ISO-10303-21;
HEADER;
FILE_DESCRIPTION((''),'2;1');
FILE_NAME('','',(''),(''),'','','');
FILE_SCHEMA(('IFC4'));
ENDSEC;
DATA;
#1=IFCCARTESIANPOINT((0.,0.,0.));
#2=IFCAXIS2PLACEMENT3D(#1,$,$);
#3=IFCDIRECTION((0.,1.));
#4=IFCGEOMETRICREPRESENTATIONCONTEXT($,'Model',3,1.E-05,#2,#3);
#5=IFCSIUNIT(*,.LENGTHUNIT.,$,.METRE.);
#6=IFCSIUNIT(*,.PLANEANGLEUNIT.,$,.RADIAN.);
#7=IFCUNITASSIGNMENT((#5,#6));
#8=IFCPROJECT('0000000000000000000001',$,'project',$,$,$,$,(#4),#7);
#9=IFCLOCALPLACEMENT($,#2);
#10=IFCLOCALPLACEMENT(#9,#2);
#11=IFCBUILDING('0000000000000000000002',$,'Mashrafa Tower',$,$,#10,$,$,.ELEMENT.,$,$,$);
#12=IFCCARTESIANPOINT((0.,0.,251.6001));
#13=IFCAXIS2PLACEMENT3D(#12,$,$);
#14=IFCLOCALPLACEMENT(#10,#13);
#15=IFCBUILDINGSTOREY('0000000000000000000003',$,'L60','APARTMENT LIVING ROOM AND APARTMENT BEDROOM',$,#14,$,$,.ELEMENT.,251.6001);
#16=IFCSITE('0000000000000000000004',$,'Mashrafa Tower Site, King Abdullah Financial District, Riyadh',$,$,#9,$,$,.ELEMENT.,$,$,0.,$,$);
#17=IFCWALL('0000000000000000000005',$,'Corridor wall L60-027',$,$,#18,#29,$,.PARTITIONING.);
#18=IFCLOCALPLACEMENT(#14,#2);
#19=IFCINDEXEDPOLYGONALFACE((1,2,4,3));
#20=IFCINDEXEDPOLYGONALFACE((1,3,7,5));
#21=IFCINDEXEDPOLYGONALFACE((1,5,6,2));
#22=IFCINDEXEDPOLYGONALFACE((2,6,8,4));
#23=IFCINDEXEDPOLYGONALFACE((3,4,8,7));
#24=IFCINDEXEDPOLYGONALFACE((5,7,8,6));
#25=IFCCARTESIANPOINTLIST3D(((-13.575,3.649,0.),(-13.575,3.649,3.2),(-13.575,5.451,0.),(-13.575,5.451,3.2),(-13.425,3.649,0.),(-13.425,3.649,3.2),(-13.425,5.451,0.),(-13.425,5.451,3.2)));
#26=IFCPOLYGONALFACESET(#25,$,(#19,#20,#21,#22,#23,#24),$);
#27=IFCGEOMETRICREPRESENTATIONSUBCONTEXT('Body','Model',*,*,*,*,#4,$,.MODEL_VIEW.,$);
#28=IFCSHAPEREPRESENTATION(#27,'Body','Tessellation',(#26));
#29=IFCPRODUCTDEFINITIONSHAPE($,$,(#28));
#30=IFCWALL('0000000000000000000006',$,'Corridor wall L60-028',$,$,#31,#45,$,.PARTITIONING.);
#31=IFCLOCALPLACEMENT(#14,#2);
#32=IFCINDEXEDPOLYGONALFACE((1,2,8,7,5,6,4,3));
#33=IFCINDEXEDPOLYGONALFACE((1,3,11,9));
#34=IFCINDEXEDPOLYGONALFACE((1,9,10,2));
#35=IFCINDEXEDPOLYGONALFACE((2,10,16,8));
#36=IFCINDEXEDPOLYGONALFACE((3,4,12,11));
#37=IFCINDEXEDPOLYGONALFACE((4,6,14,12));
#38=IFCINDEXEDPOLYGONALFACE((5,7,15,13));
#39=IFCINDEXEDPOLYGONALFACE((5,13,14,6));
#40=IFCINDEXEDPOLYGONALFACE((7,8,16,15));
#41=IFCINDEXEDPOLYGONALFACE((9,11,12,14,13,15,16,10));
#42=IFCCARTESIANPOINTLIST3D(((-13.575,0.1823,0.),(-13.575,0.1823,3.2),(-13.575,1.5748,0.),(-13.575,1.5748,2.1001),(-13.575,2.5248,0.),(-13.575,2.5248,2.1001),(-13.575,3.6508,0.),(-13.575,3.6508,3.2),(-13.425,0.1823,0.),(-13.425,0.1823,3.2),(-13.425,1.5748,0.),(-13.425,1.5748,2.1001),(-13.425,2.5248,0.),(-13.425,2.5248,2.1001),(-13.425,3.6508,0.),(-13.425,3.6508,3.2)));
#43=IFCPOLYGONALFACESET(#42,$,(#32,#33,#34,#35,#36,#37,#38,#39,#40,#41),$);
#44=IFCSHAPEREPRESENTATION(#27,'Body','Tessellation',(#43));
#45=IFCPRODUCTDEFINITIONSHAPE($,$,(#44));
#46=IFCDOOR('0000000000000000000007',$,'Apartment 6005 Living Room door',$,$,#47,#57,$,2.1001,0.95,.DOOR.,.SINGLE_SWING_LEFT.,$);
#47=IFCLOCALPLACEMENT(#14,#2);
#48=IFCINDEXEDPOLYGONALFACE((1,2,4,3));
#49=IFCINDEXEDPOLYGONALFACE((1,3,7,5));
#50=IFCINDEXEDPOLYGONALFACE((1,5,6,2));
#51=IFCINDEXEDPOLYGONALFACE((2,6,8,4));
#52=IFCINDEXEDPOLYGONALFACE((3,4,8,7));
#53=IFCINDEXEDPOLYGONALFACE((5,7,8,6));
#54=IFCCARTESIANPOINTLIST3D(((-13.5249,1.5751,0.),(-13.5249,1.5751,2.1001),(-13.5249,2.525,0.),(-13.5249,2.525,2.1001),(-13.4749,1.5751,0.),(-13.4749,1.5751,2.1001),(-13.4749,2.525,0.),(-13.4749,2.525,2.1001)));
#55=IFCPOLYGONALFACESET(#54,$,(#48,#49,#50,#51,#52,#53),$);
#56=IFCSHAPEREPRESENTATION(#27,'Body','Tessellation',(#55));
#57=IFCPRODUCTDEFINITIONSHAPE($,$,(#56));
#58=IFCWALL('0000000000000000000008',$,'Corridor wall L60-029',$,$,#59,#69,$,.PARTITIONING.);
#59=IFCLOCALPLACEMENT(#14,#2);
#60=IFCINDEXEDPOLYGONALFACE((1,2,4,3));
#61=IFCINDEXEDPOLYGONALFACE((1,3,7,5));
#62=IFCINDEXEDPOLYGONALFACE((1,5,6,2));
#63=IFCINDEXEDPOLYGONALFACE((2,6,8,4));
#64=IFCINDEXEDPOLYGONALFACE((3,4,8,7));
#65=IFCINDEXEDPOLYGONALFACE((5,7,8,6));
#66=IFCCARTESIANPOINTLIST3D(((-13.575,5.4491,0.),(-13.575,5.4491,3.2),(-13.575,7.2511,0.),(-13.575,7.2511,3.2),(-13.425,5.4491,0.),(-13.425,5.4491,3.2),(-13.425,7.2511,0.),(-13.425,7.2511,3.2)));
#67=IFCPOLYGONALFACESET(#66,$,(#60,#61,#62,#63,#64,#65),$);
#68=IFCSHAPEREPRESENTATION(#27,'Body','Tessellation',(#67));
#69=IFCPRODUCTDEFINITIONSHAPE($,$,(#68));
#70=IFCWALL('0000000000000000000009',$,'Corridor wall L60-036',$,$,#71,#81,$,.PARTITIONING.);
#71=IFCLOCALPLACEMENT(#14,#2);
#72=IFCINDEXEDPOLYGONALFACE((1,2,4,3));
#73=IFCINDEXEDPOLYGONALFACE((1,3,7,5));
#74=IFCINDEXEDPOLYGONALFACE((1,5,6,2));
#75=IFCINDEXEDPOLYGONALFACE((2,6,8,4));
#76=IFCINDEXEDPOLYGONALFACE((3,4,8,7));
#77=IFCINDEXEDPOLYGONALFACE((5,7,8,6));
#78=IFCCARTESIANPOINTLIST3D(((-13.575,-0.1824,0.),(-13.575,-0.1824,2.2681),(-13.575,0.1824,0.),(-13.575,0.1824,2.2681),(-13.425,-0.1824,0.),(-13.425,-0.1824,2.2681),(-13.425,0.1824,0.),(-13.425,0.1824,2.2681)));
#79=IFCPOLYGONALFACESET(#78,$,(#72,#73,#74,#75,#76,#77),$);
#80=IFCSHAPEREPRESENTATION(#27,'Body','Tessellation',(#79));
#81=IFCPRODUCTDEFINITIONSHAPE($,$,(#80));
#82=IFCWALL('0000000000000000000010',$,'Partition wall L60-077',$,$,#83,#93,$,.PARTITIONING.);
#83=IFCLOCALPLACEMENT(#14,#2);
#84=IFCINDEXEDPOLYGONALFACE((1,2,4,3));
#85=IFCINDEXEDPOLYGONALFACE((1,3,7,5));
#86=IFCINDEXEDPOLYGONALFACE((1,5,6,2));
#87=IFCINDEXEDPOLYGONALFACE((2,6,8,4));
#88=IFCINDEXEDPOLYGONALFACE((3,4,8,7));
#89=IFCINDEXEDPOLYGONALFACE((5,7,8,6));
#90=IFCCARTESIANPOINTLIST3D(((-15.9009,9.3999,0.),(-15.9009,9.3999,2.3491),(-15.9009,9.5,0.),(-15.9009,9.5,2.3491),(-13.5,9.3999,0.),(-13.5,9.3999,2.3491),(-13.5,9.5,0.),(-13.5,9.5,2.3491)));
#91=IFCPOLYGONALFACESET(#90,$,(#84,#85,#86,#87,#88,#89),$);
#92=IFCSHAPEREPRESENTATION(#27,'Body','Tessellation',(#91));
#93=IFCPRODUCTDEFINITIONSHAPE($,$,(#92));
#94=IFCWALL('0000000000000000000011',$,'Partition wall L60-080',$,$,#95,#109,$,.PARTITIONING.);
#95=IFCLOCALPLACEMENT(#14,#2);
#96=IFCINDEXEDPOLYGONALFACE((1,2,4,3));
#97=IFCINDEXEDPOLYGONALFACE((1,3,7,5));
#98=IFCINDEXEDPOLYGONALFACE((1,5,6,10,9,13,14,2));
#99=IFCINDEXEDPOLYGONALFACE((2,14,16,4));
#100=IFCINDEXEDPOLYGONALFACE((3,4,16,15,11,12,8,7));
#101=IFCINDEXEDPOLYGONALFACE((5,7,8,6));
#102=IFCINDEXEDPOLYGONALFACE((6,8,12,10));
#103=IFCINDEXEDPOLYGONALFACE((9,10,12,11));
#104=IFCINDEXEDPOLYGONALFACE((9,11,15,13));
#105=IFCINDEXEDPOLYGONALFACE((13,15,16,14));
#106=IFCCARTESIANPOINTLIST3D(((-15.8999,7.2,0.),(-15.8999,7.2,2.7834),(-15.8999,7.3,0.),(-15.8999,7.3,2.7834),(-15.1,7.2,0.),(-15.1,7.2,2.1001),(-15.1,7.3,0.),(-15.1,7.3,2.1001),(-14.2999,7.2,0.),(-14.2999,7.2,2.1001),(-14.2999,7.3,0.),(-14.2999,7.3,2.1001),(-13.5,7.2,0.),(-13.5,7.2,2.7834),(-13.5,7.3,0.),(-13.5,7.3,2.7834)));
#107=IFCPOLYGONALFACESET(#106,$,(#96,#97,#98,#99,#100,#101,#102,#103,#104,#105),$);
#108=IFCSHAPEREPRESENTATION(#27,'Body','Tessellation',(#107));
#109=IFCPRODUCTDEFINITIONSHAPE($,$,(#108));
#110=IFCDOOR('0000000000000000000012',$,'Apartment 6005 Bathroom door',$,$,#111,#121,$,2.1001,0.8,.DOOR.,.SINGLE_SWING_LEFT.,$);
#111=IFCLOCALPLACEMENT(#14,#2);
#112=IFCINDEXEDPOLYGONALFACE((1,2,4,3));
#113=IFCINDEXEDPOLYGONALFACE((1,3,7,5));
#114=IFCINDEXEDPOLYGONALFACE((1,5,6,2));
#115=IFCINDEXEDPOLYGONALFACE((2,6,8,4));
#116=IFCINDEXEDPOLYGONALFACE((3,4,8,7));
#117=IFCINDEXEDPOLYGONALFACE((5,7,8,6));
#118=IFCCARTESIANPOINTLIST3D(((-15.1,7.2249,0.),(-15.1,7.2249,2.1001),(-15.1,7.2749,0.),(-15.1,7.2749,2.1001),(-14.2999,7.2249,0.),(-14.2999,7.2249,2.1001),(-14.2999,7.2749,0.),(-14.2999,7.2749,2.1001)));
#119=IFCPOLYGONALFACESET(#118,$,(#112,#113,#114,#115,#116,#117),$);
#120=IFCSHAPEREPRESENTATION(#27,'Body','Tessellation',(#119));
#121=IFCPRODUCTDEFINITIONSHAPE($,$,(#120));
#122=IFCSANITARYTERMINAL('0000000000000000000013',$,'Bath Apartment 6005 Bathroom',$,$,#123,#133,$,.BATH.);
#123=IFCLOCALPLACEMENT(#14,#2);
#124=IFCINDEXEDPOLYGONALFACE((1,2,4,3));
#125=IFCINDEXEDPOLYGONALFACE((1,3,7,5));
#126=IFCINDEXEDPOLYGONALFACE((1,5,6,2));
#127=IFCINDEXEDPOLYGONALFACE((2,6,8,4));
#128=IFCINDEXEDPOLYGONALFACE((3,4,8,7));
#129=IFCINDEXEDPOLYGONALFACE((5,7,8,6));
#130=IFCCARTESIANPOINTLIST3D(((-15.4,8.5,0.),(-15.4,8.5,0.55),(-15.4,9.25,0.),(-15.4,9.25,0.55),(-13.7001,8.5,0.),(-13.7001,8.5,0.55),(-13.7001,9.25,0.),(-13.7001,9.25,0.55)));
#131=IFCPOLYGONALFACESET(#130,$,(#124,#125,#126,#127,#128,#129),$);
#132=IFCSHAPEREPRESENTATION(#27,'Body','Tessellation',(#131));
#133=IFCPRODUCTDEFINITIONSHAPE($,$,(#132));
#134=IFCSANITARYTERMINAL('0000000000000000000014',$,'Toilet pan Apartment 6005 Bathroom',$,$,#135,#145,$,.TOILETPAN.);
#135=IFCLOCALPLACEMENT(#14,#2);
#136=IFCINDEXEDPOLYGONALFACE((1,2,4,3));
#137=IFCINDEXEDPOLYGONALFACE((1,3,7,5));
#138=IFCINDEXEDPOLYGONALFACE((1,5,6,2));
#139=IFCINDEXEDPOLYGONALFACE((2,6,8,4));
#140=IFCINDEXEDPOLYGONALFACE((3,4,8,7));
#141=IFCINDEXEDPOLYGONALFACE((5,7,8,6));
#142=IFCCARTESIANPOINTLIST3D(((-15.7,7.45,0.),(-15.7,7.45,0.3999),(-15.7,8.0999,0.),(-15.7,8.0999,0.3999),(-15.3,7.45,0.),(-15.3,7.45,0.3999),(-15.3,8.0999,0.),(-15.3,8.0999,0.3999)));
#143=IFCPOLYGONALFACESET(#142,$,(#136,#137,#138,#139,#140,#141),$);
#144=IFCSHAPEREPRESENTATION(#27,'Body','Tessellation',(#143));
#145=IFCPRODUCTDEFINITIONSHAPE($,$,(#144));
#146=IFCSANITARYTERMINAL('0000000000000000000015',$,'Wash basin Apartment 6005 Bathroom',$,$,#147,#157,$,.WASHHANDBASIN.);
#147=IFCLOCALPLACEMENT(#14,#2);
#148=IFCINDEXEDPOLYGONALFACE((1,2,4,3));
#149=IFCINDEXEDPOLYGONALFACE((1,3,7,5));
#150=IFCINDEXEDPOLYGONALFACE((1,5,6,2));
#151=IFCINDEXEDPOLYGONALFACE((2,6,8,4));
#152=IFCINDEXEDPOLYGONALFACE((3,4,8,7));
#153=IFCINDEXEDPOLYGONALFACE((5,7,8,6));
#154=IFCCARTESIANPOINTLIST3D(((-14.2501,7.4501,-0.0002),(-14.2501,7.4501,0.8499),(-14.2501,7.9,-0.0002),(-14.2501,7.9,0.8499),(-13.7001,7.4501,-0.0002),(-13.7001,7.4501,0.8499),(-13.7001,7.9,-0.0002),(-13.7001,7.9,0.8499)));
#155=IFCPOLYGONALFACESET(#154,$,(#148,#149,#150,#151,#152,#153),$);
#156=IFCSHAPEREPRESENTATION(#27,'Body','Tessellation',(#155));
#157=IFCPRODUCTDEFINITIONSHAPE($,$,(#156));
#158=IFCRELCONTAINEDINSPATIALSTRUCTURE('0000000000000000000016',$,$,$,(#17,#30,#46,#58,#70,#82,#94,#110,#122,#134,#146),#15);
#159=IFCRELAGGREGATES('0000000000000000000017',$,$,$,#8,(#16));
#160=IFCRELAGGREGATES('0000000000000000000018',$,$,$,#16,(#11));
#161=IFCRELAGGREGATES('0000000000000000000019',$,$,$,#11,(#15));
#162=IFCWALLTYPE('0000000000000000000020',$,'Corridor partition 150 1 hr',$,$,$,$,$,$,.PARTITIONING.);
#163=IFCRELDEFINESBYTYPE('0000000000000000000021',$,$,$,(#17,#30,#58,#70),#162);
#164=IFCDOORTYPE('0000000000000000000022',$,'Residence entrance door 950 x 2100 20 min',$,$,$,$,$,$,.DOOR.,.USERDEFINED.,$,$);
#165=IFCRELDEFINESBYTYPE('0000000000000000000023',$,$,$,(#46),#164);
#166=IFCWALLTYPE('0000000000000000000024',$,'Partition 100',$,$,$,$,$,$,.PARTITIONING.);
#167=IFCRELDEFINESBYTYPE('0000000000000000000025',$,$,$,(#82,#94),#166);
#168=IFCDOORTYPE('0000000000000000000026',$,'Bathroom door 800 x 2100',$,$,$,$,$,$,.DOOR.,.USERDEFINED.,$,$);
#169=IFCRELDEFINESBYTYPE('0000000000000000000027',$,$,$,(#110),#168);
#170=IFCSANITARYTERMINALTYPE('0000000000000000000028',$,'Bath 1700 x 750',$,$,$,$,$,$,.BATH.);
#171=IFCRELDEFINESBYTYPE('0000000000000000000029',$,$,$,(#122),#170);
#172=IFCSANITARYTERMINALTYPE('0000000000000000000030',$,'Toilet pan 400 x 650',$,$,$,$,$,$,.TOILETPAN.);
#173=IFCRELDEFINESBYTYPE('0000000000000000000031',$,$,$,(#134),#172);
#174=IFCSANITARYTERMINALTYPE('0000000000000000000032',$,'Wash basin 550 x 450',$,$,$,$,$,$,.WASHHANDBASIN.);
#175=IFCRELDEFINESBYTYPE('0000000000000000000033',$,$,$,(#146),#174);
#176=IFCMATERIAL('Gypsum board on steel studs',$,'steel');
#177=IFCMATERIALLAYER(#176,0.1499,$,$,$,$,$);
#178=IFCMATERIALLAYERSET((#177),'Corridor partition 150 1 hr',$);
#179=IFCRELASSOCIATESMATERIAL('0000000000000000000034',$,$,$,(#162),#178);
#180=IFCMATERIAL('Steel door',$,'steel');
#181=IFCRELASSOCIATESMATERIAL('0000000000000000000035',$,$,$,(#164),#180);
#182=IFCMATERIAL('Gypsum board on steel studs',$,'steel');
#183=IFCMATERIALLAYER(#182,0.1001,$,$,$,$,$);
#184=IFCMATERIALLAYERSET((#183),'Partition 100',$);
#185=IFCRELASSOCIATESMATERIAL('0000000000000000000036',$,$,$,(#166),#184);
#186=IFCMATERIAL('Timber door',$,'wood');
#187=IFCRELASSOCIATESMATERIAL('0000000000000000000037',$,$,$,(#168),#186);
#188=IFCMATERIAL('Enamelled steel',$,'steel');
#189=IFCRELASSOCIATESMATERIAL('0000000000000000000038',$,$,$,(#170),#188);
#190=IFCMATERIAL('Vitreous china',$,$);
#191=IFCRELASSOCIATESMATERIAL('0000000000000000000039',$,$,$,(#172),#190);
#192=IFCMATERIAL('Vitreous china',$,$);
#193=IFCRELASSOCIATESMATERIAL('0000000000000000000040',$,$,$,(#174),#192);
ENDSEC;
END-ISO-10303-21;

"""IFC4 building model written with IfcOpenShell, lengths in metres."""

from ifc_helpers import new_model, si_unit, direction, frame, frame_2d, origin, origin_2d, place, context, subcontext, project, spatial, rectangle, extrude, material, layer, layer_set, type_object, element, fill, save


model = new_model("IFC4")

# Units and contexts
model_context = context("Model", 3, precision=1e-05, world=origin(), true_north=direction((0.0, 1.0)))
body_context = subcontext(model_context, "Body", "Model", "MODEL_VIEW")
ifc_project = project(units=[si_unit("LENGTHUNIT", "METRE"), si_unit("PLANEANGLEUNIT", "RADIAN")], contexts=[model_context])

# Site, building, storey
site_placement = place(None, origin())
site = spatial("IfcSite", under=ifc_project, at=site_placement, Name="Mashrafa Tower Site, King Abdullah Financial District, Riyadh", CompositionType="ELEMENT", RefElevation=0.0)
building_placement = place(site_placement, origin())
building = spatial("IfcBuilding", under=site, at=building_placement, Name="Mashrafa Tower", CompositionType="ELEMENT")
storey_placement = place(building_placement, frame((0.0, 0.0, 251.6001)))
storey = spatial("IfcBuildingStorey", under=building, at=storey_placement, Name="L60", Description="APARTMENT LIVING ROOM AND APARTMENT BEDROOM", CompositionType="ELEMENT", Elevation=251.6001)

# Wall
ifc_material_1 = material(Name="Gypsum board on steel studs", Category="steel")
ifc_layer_1 = layer(ifc_material_1, 0.1499)
ifc_layer_set_1 = layer_set([ifc_layer_1], Name="Corridor partition 150 1 hr")
wall_type_1 = type_object("IfcWallType", Name="Corridor partition 150 1 hr", PredefinedType="PARTITIONING", material=ifc_layer_set_1)
wall_1_placement = place(storey_placement, frame((-13.5, 5.4509, 0.0), z_axis=(0.0, 0.0, 1.0), x_axis=(0.0, -1.0, 0.0)))
element("IfcWall", 1, at=wall_1_placement, inside=storey, type_object=wall_type_1, Name="Corridor wall L60-027", PredefinedType="PARTITIONING", context=body_context, shape_type="SweptSolid", body=[
    extrude(rectangle(XDim=1.802, YDim=0.1499, at=frame_2d((0.9009, 0.0))), origin(), (0.0, 0.0, 1.0), 3.2),
])

# Wall, opening, door
wall_2_placement = place(storey_placement, frame((-13.5, 3.6509, 0.0), z_axis=(0.0, 0.0, 1.0), x_axis=(0.0, -1.0, 0.0)))
wall_2 = element("IfcWall", 2, at=wall_2_placement, inside=storey, type_object=wall_type_1, Name="Corridor wall L60-028", PredefinedType="PARTITIONING", context=body_context, shape_type="SweptSolid", body=[
    extrude(rectangle(XDim=3.4685, YDim=0.1499, at=frame_2d((1.7344, 0.0))), origin(), (0.0, 0.0, 1.0), 3.2),
])
opening_1_placement = place(wall_2_placement, frame((1.126, 0.0, 0.0)))
opening_1 = element("IfcOpeningElement", 3, at=opening_1_placement, cuts=wall_2, PredefinedType="OPENING", context=body_context, shape_type="SweptSolid", body=[
    extrude(rectangle(XDim=0.95, YDim=2.1001, at=frame_2d((0.4751, 1.05))), frame((0.0, 0.085, 0.0), z_axis=(0.0, -1.0, 0.0), x_axis=(1.0, 0.0, 0.0)), (0.0, 0.0, 1.0), 0.1699),
])
ifc_material_2 = material(Name="Steel door", Category="steel")
door_type_1 = type_object("IfcDoorType", Name="Residence entrance door 950 x 2100 20 min", OperationType="USERDEFINED", PredefinedType="DOOR", material=ifc_material_2)
door_1_placement = place(opening_1_placement, frame((0.95, 0.0, 0.0), z_axis=(0.0, 0.0, 1.0), x_axis=(-1.0, 0.0, 0.0)))
door_1 = element("IfcDoor", 4, at=door_1_placement, inside=storey, type_object=door_type_1, Name="Apartment 6005 Living Room door", OperationType="SINGLE_SWING_LEFT", OverallHeight=2.1001, OverallWidth=0.95, PredefinedType="DOOR", context=body_context, shape_type="SweptSolid", body=[
    extrude(rectangle(XDim=0.95, YDim=2.1001, at=frame_2d((0.4751, 1.05))), frame((0.0, 0.0249, 0.0), z_axis=(0.0, -1.0, 0.0), x_axis=(1.0, 0.0, 0.0)), (0.0, 0.0, 1.0), 0.05),
])
fill(opening_1, door_1)

# Walls
wall_3_placement = place(storey_placement, frame((-13.5, 7.251, 0.0), z_axis=(0.0, 0.0, 1.0), x_axis=(0.0, -1.0, 0.0)))
element("IfcWall", 5, at=wall_3_placement, inside=storey, type_object=wall_type_1, Name="Corridor wall L60-029", PredefinedType="PARTITIONING", context=body_context, shape_type="SweptSolid", body=[
    extrude(rectangle(XDim=1.802, YDim=0.1499, at=frame_2d((0.9009, 0.0))), origin(), (0.0, 0.0, 1.0), 3.2),
])
wall_4_placement = place(storey_placement, frame((-13.5, 0.1824, 0.0), z_axis=(0.0, 0.0, 1.0), x_axis=(0.0, -1.0, 0.0)))
element("IfcWall", 6, at=wall_4_placement, inside=storey, type_object=wall_type_1, Name="Corridor wall L60-036", PredefinedType="PARTITIONING", context=body_context, shape_type="SweptSolid", body=[
    extrude(rectangle(XDim=0.3647, YDim=0.1499, at=frame_2d((0.1824, 0.0))), origin(), (0.0, 0.0, 1.0), 2.2681),
])
ifc_material_3 = material(Name="Gypsum board on steel studs", Category="steel")
ifc_layer_2 = layer(ifc_material_3, 0.1001)
ifc_layer_set_2 = layer_set([ifc_layer_2], Name="Partition 100")
wall_type_2 = type_object("IfcWallType", Name="Partition 100", PredefinedType="PARTITIONING", material=ifc_layer_set_2)
wall_5_placement = place(storey_placement, frame((-15.9009, 9.45, 0.0), z_axis=(0.0, 0.0, 1.0), x_axis=(1.0, 0.0, 0.0)))
element("IfcWall", 7, at=wall_5_placement, inside=storey, type_object=wall_type_2, Name="Partition wall L60-077", PredefinedType="PARTITIONING", context=body_context, shape_type="SweptSolid", body=[
    extrude(rectangle(XDim=2.4009, YDim=0.1001, at=frame_2d((1.2004, 0.0))), origin(), (0.0, 0.0, 1.0), 2.3491),
])

# Wall, opening, door
wall_6_placement = place(storey_placement, frame((-15.8999, 7.25, 0.0), z_axis=(0.0, 0.0, 1.0), x_axis=(1.0, 0.0, 0.0)))
wall_6 = element("IfcWall", 8, at=wall_6_placement, inside=storey, type_object=wall_type_2, Name="Partition wall L60-080", PredefinedType="PARTITIONING", context=body_context, shape_type="SweptSolid", body=[
    extrude(rectangle(XDim=2.3999, YDim=0.1001, at=frame_2d((1.2, 0.0))), origin(), (0.0, 0.0, 1.0), 2.7834),
])
opening_2_placement = place(wall_6_placement, frame((0.8, 0.0, 0.0)))
opening_2 = element("IfcOpeningElement", 9, at=opening_2_placement, cuts=wall_6, PredefinedType="OPENING", context=body_context, shape_type="SweptSolid", body=[
    extrude(rectangle(XDim=0.8, YDim=2.1001, at=frame_2d((0.3999, 1.05))), frame((0.0, 0.0601, 0.0), z_axis=(0.0, -1.0, 0.0), x_axis=(1.0, 0.0, 0.0)), (0.0, 0.0, 1.0), 0.1201),
])
ifc_material_4 = material(Name="Timber door", Category="wood")
door_type_2 = type_object("IfcDoorType", Name="Bathroom door 800 x 2100", OperationType="USERDEFINED", PredefinedType="DOOR", material=ifc_material_4)
door_2_placement = place(opening_2_placement, origin())
door_2 = element("IfcDoor", 10, at=door_2_placement, inside=storey, type_object=door_type_2, Name="Apartment 6005 Bathroom door", OperationType="SINGLE_SWING_LEFT", OverallHeight=2.1001, OverallWidth=0.8, PredefinedType="DOOR", context=body_context, shape_type="SweptSolid", body=[
    extrude(rectangle(XDim=0.8, YDim=2.1001, at=frame_2d((0.3999, 1.05))), frame((0.0, 0.0249, 0.0), z_axis=(0.0, -1.0, 0.0), x_axis=(1.0, 0.0, 0.0)), (0.0, 0.0, 1.0), 0.05),
])
fill(opening_2, door_2)

# Sanitary terminals
ifc_material_5 = material(Name="Enamelled steel", Category="steel")
sanitary_terminal_type_1 = type_object("IfcSanitaryTerminalType", Name="Bath 1700 x 750", PredefinedType="BATH", material=ifc_material_5)
sanitary_terminal_1_placement = place(storey_placement, frame((-14.55, 8.875, 0.0), z_axis=(0.0, 0.0, 1.0), x_axis=(-1.0, 0.0, 0.0)))
element("IfcSanitaryTerminal", 11, at=sanitary_terminal_1_placement, inside=storey, type_object=sanitary_terminal_type_1, Name="Bath Apartment 6005 Bathroom", PredefinedType="BATH", context=body_context, shape_type="SweptSolid", body=[
    extrude(rectangle(XDim=1.7, YDim=0.75, at=origin_2d()), origin(), (0.0, 0.0, 1.0), 0.55),
])
ifc_material_6 = material(Name="Vitreous china")
sanitary_terminal_type_2 = type_object("IfcSanitaryTerminalType", Name="Toilet pan 400 x 650", PredefinedType="TOILETPAN", material=ifc_material_6)
sanitary_terminal_2_placement = place(storey_placement, frame((-15.5, 7.7749, 0.0), z_axis=(0.0, 0.0, 1.0), x_axis=(1.0, 0.0, 0.0)))
element("IfcSanitaryTerminal", 12, at=sanitary_terminal_2_placement, inside=storey, type_object=sanitary_terminal_type_2, Name="Toilet pan Apartment 6005 Bathroom", PredefinedType="TOILETPAN", context=body_context, shape_type="SweptSolid", body=[
    extrude(rectangle(XDim=0.3999, YDim=0.6499, at=origin_2d()), origin(), (0.0, 0.0, 1.0), 0.3999),
])
ifc_material_7 = material(Name="Vitreous china")
sanitary_terminal_type_3 = type_object("IfcSanitaryTerminalType", Name="Wash basin 550 x 450", PredefinedType="WASHHANDBASIN", material=ifc_material_7)
sanitary_terminal_3_placement = place(storey_placement, frame((-13.9751, 7.675, -0.0002), z_axis=(0.0, 0.0, 1.0), x_axis=(1.0, 0.0, 0.0)))
element("IfcSanitaryTerminal", 13, at=sanitary_terminal_3_placement, inside=storey, type_object=sanitary_terminal_type_3, Name="Wash basin Apartment 6005 Bathroom", PredefinedType="WASHHANDBASIN", context=body_context, shape_type="SweptSolid", body=[
    extrude(rectangle(XDim=0.55, YDim=0.45, at=origin_2d()), origin(), (0.0, 0.0, 1.0), 0.8501),
])

save(model, "model.ifc")
